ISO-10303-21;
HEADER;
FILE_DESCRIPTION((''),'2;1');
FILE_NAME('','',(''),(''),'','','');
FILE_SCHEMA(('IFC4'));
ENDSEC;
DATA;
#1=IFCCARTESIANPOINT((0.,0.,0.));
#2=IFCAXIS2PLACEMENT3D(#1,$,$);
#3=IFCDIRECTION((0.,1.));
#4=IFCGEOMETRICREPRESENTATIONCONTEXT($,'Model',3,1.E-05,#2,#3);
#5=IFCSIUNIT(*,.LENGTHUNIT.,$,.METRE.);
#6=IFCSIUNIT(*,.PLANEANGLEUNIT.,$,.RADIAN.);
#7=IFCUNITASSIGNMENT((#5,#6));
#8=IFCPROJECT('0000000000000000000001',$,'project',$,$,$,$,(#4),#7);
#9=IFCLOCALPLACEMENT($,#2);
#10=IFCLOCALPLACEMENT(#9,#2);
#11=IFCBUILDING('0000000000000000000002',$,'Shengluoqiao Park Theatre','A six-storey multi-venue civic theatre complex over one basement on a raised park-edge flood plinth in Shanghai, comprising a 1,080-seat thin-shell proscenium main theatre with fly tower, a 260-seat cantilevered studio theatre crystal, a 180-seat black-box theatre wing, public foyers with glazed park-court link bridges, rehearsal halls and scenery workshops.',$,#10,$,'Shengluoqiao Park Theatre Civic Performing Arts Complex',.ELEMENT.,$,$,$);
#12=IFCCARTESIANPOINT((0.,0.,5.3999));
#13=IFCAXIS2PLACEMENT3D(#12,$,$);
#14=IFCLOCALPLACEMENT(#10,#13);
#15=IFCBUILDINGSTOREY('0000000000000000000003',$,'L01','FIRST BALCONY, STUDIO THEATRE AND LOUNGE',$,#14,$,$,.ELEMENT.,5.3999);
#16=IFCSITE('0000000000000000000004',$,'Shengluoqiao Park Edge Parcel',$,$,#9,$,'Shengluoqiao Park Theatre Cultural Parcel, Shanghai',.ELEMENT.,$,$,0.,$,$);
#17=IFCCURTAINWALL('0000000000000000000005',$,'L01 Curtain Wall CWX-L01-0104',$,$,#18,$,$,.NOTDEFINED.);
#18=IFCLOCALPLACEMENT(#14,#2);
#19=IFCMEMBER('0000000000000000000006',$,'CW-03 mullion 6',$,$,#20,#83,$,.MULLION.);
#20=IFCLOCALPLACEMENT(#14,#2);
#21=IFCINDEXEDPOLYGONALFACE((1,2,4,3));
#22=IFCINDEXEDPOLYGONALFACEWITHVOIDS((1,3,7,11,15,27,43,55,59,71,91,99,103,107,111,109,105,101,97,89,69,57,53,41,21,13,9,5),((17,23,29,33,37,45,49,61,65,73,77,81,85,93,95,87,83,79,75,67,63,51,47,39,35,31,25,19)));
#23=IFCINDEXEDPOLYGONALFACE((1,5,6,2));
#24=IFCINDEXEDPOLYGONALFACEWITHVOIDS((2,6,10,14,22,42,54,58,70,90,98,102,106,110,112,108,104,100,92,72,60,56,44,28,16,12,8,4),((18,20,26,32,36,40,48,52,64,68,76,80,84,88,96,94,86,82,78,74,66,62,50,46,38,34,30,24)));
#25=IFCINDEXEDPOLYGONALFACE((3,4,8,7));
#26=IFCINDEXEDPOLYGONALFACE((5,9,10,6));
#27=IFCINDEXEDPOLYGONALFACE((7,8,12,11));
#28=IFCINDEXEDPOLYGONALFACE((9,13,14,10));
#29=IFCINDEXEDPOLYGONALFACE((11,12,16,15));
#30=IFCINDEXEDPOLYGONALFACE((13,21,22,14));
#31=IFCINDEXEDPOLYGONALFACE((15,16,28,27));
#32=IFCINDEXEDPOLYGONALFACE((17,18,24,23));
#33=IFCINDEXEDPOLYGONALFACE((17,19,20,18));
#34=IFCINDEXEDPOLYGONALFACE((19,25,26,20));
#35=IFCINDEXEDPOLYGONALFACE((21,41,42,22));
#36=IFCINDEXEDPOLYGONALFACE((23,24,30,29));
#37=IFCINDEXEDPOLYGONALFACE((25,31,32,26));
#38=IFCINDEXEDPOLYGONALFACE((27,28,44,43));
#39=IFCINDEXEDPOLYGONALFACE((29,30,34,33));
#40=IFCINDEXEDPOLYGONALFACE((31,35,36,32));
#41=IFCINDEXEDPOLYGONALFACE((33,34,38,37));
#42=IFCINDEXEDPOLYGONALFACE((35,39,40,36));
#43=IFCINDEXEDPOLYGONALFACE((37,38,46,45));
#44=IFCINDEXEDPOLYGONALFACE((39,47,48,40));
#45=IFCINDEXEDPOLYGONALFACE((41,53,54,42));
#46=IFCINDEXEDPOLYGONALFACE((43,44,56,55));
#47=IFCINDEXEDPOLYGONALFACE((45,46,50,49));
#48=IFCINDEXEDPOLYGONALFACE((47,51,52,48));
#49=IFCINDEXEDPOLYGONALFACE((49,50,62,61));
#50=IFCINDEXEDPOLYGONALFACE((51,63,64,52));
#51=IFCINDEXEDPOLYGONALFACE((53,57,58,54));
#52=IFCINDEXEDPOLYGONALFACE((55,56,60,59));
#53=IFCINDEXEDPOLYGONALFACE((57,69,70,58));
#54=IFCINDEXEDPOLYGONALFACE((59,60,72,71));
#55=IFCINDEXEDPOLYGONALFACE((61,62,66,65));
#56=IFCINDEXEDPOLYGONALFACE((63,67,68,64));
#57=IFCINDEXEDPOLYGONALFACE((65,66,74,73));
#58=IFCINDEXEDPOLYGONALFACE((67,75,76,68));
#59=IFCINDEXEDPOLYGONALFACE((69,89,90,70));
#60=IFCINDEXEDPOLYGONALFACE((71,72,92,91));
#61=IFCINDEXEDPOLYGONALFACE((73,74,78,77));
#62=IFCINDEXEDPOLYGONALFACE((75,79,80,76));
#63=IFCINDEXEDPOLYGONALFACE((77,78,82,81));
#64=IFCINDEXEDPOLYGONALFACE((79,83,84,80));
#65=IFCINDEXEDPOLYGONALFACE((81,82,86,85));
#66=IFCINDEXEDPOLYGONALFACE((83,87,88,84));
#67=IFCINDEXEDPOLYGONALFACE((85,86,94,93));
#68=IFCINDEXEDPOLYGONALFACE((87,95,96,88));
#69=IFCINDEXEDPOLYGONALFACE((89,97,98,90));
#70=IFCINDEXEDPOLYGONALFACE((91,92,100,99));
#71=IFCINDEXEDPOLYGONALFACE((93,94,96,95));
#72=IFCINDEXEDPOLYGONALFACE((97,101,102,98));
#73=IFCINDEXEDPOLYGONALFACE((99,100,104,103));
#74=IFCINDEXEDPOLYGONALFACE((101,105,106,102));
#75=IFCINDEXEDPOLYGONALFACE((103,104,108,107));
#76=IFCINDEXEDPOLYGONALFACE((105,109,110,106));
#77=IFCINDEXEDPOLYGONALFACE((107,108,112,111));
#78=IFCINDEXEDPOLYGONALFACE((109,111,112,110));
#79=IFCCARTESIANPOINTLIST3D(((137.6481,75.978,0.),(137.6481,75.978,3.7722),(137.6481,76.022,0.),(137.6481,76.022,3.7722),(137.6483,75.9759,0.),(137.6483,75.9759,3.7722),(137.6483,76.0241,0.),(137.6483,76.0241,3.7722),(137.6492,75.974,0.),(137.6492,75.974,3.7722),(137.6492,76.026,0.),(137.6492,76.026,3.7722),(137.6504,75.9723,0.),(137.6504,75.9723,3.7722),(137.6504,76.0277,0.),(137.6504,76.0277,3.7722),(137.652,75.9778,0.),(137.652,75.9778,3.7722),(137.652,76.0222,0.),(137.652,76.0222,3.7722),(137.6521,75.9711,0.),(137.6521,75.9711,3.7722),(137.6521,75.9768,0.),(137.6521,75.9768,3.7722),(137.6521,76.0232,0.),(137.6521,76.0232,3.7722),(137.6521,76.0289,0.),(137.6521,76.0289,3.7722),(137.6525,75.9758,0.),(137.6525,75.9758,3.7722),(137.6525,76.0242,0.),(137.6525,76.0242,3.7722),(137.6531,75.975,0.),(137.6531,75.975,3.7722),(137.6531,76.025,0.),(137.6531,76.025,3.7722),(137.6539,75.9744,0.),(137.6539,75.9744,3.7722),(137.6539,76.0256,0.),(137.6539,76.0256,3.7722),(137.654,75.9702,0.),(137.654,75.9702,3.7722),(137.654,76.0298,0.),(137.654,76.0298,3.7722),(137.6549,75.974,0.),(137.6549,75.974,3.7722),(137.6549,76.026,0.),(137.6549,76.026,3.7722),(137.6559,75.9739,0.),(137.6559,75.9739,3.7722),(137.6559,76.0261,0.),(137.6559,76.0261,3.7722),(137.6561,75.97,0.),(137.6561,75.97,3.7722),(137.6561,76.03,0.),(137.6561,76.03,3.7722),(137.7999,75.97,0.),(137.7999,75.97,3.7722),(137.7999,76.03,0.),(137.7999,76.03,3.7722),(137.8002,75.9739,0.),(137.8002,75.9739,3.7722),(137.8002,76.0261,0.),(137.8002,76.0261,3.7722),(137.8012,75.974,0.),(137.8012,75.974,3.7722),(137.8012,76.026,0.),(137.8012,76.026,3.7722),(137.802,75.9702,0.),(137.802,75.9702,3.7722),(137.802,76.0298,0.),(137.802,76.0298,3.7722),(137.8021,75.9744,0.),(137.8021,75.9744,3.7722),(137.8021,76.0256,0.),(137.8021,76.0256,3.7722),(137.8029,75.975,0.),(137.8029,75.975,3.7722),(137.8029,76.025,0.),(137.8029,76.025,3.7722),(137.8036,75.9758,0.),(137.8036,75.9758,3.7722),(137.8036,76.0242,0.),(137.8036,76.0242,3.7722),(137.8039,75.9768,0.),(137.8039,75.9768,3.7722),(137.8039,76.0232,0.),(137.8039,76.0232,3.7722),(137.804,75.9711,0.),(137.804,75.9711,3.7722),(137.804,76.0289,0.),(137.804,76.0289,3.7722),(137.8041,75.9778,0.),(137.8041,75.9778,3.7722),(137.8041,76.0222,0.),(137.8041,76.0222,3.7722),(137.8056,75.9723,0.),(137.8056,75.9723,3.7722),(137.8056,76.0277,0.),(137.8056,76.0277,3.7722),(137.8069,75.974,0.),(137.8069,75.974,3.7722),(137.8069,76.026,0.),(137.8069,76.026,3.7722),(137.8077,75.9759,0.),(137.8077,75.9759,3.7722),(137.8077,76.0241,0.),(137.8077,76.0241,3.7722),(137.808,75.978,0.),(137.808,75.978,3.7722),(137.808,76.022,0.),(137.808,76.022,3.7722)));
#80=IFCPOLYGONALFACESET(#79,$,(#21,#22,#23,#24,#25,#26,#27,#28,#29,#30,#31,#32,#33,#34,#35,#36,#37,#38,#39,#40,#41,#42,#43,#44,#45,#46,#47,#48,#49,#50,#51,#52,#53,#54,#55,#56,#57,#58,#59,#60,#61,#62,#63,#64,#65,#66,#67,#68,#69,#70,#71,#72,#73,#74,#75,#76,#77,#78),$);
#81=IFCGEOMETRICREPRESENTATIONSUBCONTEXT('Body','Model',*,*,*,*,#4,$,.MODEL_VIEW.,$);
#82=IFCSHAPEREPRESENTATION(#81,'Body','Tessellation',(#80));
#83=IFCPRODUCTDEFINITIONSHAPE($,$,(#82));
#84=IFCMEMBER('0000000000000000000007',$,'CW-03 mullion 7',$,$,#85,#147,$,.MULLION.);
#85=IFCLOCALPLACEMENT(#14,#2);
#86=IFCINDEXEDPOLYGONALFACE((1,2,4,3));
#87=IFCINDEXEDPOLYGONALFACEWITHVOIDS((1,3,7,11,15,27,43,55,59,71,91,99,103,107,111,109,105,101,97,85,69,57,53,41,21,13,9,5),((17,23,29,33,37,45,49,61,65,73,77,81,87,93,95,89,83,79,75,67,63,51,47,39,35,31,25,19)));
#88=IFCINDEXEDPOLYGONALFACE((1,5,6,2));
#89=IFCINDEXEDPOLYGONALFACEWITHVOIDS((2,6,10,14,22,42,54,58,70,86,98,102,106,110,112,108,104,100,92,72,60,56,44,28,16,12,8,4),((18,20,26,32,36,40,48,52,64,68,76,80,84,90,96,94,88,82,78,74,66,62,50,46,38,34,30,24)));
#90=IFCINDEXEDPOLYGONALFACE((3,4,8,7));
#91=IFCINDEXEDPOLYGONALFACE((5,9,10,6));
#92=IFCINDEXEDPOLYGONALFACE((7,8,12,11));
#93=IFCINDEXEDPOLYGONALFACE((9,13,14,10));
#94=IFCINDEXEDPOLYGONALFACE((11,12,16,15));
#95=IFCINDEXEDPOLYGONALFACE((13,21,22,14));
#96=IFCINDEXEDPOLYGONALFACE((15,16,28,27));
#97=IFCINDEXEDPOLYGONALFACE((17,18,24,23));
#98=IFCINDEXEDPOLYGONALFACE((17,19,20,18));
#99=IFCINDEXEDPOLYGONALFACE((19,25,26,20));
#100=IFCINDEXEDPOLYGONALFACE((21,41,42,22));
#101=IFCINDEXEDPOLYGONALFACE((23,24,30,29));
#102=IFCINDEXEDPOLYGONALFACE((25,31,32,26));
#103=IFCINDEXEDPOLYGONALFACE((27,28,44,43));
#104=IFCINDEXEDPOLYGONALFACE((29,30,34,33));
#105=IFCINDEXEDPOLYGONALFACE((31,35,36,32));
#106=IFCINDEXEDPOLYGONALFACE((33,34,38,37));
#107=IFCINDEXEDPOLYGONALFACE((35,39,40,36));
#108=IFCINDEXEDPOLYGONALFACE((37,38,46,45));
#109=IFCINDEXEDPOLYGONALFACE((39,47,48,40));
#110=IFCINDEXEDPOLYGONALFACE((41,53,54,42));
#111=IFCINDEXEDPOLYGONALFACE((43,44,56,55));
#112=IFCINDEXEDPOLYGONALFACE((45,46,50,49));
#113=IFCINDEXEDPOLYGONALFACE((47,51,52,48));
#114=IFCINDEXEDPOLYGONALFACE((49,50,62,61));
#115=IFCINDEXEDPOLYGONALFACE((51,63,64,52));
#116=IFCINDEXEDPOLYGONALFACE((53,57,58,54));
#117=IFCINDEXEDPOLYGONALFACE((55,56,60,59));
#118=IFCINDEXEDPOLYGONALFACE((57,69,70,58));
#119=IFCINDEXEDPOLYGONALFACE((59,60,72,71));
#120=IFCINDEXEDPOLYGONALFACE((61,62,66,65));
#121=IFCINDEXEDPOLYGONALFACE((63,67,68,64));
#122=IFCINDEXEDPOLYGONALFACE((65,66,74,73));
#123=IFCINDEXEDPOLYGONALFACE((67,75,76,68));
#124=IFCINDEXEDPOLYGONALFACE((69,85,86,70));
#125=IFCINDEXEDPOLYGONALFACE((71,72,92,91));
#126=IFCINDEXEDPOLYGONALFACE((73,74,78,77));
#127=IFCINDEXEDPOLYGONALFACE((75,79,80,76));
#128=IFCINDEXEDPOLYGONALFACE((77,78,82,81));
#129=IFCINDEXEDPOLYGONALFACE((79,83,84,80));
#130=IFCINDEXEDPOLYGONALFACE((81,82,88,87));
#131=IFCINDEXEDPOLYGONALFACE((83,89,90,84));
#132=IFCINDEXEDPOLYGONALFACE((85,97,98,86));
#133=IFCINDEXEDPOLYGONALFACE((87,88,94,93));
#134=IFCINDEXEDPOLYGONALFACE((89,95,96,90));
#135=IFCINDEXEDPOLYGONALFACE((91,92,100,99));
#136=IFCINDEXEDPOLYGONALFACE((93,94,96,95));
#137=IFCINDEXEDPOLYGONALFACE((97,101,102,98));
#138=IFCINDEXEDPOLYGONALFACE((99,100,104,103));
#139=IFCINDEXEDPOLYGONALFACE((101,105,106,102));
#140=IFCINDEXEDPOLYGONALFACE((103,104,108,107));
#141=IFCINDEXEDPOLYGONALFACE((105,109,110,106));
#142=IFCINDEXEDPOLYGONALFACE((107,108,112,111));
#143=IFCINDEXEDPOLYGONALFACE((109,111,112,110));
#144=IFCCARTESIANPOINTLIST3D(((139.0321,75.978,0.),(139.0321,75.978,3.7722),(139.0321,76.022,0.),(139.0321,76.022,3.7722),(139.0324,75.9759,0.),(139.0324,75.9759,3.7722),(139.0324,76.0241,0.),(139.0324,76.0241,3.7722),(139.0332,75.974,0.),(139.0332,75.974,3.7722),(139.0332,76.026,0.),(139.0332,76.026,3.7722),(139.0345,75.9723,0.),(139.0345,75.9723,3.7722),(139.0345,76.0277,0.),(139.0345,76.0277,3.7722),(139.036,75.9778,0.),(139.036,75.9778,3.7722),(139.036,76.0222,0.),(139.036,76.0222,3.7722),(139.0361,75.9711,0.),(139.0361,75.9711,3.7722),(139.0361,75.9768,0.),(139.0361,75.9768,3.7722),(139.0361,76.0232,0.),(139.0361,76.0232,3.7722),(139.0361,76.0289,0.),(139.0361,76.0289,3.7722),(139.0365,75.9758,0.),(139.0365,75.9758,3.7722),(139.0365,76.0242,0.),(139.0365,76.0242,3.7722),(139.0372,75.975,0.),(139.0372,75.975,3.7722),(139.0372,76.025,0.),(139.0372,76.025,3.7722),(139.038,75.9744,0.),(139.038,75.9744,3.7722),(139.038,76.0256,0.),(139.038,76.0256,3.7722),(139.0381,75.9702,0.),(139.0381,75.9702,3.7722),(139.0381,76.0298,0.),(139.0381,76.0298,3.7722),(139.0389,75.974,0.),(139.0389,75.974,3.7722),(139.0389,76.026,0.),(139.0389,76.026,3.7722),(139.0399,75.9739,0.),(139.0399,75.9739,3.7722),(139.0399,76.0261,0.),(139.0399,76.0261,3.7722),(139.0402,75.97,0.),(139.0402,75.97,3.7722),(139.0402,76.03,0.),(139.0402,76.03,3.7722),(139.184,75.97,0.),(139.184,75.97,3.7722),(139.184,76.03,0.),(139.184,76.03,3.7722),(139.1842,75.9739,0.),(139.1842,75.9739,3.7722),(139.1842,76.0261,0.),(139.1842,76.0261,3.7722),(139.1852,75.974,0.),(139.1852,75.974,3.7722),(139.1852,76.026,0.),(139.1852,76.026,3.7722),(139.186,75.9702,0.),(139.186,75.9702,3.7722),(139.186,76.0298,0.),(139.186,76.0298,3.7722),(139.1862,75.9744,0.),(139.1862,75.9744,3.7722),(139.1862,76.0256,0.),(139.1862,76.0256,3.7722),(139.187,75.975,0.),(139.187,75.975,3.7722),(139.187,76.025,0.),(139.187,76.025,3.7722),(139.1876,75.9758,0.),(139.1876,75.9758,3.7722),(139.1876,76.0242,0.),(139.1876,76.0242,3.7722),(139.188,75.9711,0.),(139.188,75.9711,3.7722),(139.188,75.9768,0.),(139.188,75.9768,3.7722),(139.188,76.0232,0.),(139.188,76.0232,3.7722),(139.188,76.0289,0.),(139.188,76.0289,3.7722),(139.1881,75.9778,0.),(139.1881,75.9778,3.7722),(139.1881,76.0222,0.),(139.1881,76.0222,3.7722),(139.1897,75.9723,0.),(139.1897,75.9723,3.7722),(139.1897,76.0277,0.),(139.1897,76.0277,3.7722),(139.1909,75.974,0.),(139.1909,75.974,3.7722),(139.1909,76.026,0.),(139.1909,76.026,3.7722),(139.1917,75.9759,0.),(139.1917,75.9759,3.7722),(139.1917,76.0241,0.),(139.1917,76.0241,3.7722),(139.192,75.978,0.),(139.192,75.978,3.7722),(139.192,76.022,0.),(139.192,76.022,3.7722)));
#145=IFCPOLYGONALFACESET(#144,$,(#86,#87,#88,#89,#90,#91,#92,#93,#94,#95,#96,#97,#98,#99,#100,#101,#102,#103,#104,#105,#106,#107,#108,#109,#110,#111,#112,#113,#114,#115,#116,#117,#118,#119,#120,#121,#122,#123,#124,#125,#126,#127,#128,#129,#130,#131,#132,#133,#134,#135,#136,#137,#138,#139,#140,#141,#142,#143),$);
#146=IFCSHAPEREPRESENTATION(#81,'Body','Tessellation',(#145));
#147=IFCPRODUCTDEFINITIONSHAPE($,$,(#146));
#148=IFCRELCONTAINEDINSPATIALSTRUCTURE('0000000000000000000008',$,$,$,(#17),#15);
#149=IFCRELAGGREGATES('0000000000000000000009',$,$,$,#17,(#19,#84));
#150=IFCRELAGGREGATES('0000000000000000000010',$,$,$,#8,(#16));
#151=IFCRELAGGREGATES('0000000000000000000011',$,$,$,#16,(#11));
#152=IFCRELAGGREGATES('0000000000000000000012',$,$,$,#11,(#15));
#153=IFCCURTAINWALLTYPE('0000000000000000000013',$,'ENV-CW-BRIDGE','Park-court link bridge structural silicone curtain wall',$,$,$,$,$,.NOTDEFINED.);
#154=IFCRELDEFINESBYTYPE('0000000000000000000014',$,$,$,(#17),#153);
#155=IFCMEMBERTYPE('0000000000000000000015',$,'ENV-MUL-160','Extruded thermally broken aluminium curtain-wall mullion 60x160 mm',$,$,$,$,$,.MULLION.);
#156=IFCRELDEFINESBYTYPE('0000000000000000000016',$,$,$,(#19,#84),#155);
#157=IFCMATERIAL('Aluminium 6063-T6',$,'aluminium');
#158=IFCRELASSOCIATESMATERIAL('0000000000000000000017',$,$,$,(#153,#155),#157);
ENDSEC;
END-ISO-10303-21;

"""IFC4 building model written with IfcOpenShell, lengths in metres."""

from ifc_helpers import new_model, si_unit, direction, frame, origin, origin_2d, place, context, subcontext, project, spatial, hollow_rectangle, extrude, material, material_profile, profile_set, type_object, element, aggregate, save


model = new_model("IFC4")

# Units and contexts
model_context = context("Model", 3, precision=1e-05, world=origin(), true_north=direction((0.0, 1.0)))
body_context = subcontext(model_context, "Body", "Model", "MODEL_VIEW")
ifc_project = project(units=[si_unit("LENGTHUNIT", "METRE"), si_unit("PLANEANGLEUNIT", "RADIAN")], contexts=[model_context])

# Site, building, storey
site_placement = place(None, origin())
site = spatial("IfcSite", under=ifc_project, at=site_placement, Name="Shengluoqiao Park Edge Parcel", LongName="Shengluoqiao Park Theatre Cultural Parcel, Shanghai", CompositionType="ELEMENT", RefElevation=0.0)
building_placement = place(site_placement, origin())
building = spatial("IfcBuilding", under=site, at=building_placement, Name="Shengluoqiao Park Theatre", Description="A six-storey multi-venue civic theatre complex over one basement on a raised park-edge flood plinth in Shanghai, comprising a 1,080-seat thin-shell proscenium main theatre with fly tower, a 260-seat cantilevered studio theatre crystal, a 180-seat black-box theatre wing, public foyers with glazed park-court link bridges, rehearsal halls and scenery workshops.", LongName="Shengluoqiao Park Theatre Civic Performing Arts Complex", CompositionType="ELEMENT")
storey_placement = place(building_placement, frame((0.0, 0.0, 5.3999)))
storey = spatial("IfcBuildingStorey", under=building, at=storey_placement, Name="L01", Description="FIRST BALCONY, STUDIO THEATRE AND LOUNGE", CompositionType="ELEMENT", Elevation=5.3999)

# Curtain wall, members
ifc_material_1 = material(Name="Aluminium 6063-T6", Category="aluminium")
curtain_wall_type = type_object("IfcCurtainWallType", Name="ENV-CW-BRIDGE", Description="Park-court link bridge structural silicone curtain wall", PredefinedType="NOTDEFINED", material=ifc_material_1)
curtain_wall_placement = place(storey_placement, origin())
curtain_wall = element("IfcCurtainWall", 1, at=curtain_wall_placement, inside=storey, type_object=curtain_wall_type, Name="L01 Curtain Wall CWX-L01-0104", PredefinedType="NOTDEFINED")
ifc_material_profile_1 = material_profile(ifc_material_1, hollow_rectangle(XDim=0.0601, YDim=0.1599, WallThickness=0.0039, InnerFilletRadius=0.0039, OuterFilletRadius=0.0081, at=origin_2d()), Name="ALU MULLION 160x60x4")
ifc_profile_set_1 = profile_set([ifc_material_profile_1], Name="Aluminium 6063-T6")
member_type_1 = type_object("IfcMemberType", Name="ENV-MUL-160", Description="Extruded thermally broken aluminium curtain-wall mullion 60x160 mm", PredefinedType="MULLION", material=ifc_profile_set_1)
member_1_placement = place(storey_placement, frame((137.728, 76.0, 0.0), z_axis=(0.0, 0.0, 1.0), x_axis=(0.0, 1.0, 0.0)))
member_1 = element("IfcMember", 2, at=member_1_placement, type_object=member_type_1, Name="CW-03 mullion 6", PredefinedType="MULLION", context=body_context, shape_type="SweptSolid", body=[
    extrude(hollow_rectangle(XDim=0.0601, YDim=0.1599, WallThickness=0.0039, InnerFilletRadius=0.0039, OuterFilletRadius=0.0081, at=origin_2d()), origin(), (0.0, 0.0, 1.0), 3.7722),
])
member_2_placement = place(storey_placement, frame((139.1121, 76.0, 0.0), z_axis=(0.0, 0.0, 1.0), x_axis=(0.0, 1.0, 0.0)))
member_2 = element("IfcMember", 3, at=member_2_placement, type_object=member_type_1, Name="CW-03 mullion 7", PredefinedType="MULLION", context=body_context, shape_type="SweptSolid", body=[
    extrude(hollow_rectangle(XDim=0.0601, YDim=0.1599, WallThickness=0.0039, InnerFilletRadius=0.0039, OuterFilletRadius=0.0081, at=origin_2d()), origin(), (0.0, 0.0, 1.0), 3.7722),
])

aggregate(curtain_wall, [member_1, member_2])

save(model, "model.ifc")
